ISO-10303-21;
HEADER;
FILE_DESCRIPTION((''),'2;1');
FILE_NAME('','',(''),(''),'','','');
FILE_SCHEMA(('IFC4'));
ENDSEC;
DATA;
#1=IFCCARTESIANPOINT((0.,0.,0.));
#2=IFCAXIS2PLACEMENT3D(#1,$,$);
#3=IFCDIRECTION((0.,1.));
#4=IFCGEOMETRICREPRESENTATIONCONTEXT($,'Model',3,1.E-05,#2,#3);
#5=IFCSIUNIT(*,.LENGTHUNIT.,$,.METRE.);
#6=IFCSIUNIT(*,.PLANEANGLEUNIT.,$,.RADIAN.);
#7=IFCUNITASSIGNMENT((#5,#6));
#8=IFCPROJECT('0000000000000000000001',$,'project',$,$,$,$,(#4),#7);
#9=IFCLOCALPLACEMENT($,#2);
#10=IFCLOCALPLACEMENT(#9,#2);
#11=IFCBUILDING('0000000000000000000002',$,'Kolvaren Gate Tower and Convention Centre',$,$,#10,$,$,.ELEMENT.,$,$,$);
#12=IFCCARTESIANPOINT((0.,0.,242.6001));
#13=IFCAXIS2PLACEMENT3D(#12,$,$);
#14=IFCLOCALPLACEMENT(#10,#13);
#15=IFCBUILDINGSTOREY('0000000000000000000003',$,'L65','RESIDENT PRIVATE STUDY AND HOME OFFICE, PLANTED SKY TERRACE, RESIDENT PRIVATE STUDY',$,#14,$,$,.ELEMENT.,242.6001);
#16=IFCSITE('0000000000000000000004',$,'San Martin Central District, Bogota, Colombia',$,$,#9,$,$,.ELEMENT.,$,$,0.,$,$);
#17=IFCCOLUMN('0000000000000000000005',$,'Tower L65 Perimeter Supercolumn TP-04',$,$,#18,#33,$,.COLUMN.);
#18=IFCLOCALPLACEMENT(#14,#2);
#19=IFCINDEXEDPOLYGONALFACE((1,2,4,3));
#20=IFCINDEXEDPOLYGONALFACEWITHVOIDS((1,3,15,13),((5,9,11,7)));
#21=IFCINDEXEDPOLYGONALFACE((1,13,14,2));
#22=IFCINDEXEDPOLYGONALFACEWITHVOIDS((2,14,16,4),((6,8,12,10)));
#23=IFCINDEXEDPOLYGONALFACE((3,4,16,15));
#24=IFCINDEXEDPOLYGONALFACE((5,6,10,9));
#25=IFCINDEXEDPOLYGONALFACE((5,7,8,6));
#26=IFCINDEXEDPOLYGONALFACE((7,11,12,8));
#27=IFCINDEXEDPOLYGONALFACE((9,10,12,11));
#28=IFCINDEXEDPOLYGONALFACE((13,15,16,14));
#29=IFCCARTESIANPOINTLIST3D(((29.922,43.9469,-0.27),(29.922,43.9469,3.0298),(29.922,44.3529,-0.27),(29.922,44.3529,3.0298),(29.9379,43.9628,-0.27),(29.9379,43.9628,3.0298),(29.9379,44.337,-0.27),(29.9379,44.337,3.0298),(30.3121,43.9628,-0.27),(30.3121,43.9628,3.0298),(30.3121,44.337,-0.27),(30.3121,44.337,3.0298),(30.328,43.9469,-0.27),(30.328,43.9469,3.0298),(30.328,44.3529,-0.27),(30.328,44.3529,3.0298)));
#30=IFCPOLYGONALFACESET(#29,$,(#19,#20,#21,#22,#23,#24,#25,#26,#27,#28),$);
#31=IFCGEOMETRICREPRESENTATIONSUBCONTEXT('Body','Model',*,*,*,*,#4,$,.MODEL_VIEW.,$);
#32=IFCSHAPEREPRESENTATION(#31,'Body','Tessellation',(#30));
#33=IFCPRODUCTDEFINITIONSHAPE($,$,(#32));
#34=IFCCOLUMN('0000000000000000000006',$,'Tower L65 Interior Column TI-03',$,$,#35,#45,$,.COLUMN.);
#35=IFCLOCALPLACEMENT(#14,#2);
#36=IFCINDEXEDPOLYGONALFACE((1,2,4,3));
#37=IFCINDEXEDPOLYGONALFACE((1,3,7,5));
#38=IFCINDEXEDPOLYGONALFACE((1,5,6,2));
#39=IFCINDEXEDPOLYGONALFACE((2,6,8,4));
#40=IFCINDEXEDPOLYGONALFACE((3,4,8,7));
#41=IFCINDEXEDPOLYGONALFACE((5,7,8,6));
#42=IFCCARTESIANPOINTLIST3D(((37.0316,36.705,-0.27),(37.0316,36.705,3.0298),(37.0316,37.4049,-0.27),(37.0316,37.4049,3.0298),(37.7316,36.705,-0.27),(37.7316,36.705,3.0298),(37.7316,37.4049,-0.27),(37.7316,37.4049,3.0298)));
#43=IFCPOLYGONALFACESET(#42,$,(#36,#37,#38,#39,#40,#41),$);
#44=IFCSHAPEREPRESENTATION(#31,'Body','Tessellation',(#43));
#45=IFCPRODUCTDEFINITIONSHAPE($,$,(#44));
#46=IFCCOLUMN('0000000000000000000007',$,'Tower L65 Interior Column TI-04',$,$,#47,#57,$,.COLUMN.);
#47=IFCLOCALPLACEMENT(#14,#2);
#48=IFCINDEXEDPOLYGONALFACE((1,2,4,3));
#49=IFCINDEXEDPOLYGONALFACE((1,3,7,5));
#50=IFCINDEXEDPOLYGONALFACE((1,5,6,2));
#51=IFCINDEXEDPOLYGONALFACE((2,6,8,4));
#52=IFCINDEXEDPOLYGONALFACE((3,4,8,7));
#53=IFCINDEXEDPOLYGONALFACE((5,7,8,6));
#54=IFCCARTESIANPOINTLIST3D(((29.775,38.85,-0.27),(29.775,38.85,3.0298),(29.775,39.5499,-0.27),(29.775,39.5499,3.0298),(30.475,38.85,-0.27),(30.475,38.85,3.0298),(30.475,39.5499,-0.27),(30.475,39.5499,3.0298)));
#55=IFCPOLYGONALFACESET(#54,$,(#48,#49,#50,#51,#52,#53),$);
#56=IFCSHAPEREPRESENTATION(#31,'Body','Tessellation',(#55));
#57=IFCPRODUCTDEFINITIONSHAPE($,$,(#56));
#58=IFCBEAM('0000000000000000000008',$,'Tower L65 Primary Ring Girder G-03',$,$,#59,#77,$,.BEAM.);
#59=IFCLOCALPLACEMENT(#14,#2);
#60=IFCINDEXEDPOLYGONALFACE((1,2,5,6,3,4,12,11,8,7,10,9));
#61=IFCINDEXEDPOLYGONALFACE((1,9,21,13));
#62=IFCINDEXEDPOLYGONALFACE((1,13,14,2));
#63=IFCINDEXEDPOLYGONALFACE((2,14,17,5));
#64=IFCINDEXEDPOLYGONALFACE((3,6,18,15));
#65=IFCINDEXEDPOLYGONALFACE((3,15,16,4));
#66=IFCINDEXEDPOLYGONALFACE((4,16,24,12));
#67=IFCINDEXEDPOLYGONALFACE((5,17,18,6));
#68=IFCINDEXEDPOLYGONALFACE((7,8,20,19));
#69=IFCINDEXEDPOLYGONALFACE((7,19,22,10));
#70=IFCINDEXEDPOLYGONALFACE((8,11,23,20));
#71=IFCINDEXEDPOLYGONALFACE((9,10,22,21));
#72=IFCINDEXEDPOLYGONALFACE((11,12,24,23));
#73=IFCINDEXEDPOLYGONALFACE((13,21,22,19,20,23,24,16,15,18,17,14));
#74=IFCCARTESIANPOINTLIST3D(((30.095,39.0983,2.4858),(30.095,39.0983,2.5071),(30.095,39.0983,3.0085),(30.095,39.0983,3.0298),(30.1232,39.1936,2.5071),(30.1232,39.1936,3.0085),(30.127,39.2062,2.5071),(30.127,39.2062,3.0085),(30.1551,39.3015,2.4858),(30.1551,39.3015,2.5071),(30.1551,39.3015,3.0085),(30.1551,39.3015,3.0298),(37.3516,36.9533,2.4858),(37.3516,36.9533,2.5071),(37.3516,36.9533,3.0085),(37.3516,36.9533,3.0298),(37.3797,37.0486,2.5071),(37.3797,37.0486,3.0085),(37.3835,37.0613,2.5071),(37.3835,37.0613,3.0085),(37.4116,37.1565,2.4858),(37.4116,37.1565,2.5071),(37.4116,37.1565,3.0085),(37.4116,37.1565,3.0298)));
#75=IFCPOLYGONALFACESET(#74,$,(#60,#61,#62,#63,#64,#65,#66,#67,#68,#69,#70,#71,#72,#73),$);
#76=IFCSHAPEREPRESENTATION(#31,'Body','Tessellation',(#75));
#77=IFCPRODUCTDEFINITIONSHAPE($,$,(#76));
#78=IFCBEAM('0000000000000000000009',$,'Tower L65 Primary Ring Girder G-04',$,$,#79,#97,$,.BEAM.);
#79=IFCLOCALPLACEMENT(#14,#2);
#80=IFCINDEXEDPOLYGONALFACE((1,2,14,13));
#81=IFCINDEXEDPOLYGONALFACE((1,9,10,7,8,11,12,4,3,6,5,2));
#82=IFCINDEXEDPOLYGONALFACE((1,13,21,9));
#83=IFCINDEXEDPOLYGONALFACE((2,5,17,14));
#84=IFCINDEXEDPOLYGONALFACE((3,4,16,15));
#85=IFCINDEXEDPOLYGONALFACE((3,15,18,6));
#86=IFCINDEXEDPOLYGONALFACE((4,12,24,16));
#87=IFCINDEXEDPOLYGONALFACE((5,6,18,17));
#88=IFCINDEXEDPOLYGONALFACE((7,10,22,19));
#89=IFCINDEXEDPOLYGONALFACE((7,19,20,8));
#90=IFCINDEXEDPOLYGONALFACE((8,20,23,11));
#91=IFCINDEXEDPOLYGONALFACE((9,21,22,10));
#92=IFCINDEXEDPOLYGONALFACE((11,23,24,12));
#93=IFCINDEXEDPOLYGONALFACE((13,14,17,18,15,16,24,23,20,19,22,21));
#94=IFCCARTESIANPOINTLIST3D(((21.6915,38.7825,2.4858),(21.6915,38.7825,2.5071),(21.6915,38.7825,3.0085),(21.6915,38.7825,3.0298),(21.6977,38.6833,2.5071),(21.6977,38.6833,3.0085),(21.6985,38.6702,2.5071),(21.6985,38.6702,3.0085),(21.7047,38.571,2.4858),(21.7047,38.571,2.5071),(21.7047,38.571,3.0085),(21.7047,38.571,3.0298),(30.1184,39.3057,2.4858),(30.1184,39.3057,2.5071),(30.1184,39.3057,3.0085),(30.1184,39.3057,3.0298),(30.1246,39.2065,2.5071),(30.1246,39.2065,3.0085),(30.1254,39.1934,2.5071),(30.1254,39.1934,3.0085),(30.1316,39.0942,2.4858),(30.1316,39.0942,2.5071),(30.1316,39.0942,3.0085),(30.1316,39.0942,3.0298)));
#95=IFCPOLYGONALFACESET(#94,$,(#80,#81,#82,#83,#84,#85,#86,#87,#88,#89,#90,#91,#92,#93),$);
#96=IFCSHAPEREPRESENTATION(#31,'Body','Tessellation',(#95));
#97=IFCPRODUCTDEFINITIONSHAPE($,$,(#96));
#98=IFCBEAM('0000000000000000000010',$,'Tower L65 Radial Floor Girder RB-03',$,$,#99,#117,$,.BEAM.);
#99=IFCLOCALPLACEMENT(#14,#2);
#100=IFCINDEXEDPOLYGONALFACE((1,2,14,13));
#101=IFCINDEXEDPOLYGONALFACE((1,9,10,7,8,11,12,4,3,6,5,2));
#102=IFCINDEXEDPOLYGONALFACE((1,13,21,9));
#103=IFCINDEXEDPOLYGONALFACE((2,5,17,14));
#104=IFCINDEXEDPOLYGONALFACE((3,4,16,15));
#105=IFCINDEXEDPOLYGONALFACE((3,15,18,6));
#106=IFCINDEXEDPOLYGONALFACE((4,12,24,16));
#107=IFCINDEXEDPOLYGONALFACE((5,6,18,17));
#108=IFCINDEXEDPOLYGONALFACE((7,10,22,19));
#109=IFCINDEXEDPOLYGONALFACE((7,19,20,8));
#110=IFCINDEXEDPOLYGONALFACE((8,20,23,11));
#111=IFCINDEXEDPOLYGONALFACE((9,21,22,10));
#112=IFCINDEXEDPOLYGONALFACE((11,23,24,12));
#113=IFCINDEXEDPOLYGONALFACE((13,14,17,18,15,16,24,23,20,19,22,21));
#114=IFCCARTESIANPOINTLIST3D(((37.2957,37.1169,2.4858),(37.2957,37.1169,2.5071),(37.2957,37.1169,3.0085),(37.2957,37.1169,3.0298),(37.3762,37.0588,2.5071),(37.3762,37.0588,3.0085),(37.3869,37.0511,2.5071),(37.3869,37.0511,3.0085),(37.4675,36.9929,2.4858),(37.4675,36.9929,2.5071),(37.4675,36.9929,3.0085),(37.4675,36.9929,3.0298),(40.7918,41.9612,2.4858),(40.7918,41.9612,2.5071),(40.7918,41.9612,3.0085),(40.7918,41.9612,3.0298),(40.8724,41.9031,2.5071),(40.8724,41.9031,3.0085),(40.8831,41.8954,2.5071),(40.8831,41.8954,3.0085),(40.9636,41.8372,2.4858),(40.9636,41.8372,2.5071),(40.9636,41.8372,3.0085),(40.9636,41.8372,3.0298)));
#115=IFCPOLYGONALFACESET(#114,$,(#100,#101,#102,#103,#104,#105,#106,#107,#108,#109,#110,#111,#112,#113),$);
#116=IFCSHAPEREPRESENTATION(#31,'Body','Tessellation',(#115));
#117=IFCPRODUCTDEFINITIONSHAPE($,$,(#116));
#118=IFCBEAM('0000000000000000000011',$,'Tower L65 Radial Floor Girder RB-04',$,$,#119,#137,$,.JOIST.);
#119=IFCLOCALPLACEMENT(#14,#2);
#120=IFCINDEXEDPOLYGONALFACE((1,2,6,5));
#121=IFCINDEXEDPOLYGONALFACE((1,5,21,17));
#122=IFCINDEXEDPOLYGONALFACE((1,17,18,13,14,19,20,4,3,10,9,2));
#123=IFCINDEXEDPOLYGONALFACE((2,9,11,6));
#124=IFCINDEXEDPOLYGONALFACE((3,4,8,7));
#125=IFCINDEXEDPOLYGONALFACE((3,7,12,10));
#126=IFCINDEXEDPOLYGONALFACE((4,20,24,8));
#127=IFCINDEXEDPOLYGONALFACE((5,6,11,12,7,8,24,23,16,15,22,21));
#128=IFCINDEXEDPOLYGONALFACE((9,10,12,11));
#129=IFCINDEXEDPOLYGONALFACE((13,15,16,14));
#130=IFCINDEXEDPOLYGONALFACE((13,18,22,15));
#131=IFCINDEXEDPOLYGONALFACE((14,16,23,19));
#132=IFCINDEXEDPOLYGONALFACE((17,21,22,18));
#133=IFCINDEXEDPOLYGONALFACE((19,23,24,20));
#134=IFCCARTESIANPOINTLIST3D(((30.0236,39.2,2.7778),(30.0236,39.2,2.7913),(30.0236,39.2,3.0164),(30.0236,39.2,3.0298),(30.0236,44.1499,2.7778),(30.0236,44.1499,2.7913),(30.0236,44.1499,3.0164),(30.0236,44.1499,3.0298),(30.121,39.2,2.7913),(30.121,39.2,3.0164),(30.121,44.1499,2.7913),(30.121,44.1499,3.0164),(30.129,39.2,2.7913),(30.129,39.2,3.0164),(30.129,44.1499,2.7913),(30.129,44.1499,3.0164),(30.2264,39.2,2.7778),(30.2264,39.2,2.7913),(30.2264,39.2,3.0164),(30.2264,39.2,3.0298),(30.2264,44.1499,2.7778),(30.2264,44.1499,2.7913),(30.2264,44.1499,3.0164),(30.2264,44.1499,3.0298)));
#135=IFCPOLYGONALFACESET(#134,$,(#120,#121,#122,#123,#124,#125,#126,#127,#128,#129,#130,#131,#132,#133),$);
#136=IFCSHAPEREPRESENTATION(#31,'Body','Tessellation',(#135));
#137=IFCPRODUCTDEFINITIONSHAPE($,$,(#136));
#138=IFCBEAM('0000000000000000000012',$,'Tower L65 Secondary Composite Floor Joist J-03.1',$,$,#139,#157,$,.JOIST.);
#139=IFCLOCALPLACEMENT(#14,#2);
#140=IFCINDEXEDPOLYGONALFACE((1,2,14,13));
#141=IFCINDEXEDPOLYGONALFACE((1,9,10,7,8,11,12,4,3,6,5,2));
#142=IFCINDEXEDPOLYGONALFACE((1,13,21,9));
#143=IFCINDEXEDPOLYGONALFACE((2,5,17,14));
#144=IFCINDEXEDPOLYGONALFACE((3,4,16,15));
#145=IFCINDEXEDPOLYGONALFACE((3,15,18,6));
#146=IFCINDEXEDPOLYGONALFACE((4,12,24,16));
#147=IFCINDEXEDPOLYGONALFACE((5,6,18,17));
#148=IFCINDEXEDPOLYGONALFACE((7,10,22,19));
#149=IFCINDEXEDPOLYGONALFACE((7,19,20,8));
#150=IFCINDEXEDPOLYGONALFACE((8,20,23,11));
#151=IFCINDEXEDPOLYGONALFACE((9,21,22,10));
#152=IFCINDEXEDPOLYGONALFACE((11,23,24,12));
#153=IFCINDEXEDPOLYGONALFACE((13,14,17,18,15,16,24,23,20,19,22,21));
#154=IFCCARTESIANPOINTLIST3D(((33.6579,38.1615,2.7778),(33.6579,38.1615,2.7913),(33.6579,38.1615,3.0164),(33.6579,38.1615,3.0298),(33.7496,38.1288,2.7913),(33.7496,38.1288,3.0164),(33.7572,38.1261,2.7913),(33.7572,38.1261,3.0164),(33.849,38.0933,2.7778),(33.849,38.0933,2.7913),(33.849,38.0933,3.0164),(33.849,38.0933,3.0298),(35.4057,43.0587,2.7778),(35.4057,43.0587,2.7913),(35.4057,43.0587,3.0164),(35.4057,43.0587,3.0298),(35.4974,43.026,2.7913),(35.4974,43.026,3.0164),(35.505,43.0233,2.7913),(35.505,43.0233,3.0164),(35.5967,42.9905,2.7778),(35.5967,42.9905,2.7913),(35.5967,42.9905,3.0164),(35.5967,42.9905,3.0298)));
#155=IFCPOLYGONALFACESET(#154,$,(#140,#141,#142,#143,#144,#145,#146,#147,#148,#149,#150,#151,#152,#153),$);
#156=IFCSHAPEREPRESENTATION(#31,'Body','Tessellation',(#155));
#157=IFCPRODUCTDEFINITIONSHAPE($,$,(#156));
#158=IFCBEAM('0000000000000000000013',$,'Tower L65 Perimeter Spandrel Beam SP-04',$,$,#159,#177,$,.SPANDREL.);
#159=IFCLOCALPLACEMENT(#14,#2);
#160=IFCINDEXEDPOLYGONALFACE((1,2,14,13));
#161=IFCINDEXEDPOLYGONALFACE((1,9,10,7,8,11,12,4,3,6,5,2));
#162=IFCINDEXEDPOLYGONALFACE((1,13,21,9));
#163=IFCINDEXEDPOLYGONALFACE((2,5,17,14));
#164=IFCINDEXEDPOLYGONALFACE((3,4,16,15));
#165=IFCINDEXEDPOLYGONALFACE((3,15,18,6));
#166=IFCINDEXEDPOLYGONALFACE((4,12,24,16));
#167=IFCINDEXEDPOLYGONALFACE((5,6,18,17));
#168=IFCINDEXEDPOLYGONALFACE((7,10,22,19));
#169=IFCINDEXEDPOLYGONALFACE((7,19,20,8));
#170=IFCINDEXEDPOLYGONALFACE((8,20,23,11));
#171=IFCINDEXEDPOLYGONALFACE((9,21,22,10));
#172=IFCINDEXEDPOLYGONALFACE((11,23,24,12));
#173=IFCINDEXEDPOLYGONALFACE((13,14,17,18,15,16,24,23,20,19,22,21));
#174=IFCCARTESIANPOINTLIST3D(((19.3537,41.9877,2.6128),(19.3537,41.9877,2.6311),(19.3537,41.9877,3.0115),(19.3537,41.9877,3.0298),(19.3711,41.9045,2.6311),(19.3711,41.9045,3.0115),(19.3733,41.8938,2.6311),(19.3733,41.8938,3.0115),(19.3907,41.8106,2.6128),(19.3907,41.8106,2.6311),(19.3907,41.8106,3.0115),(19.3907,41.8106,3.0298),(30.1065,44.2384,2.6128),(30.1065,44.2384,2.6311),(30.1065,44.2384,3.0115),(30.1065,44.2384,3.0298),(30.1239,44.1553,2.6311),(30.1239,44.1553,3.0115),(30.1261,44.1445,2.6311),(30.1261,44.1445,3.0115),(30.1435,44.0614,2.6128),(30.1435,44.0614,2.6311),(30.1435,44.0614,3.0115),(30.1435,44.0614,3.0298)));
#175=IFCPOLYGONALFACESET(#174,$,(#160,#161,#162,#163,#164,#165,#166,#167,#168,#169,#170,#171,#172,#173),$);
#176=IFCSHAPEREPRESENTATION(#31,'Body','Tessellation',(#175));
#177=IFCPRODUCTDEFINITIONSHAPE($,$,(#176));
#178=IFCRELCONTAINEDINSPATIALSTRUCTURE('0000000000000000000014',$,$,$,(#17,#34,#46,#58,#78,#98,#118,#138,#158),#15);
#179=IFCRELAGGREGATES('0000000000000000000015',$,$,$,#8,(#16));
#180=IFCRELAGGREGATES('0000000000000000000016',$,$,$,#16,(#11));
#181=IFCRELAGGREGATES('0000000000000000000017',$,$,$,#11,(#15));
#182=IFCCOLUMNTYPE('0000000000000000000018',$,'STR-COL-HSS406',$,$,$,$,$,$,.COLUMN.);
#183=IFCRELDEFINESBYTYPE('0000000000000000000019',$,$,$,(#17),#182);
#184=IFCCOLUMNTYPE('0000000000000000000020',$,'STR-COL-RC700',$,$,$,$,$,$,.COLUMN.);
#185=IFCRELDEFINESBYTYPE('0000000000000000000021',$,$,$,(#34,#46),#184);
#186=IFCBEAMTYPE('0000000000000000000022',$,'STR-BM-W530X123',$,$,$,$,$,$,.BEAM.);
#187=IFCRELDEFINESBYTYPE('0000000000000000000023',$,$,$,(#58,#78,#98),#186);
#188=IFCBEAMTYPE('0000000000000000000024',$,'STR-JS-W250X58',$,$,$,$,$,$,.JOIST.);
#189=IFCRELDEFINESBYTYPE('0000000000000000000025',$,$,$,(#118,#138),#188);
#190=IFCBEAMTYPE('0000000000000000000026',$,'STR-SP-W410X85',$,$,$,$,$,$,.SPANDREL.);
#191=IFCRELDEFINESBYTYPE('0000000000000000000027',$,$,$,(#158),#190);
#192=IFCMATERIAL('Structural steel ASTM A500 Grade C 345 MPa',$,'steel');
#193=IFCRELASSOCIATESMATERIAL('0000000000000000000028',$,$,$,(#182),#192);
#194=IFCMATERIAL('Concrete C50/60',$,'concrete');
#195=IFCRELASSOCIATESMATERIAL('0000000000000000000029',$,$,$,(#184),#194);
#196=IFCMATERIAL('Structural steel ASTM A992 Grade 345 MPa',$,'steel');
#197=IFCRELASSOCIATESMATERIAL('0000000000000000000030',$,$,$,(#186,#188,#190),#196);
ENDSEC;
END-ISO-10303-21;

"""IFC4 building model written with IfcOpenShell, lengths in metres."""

from ifc_helpers import new_model, si_unit, direction, frame, origin, origin_2d, place, context, subcontext, project, spatial, rectangle, hollow_rectangle, i_section, extrude, material, material_profile, profile_set, type_object, element, save


model = new_model("IFC4")

# Units and contexts
model_context = context("Model", 3, precision=1e-05, world=origin(), true_north=direction((0.0, 1.0)))
body_context = subcontext(model_context, "Body", "Model", "MODEL_VIEW")
ifc_project = project(units=[si_unit("LENGTHUNIT", "METRE"), si_unit("PLANEANGLEUNIT", "RADIAN")], contexts=[model_context])

# Site, building, storey
site_placement = place(None, origin())
site = spatial("IfcSite", under=ifc_project, at=site_placement, Name="San Martin Central District, Bogota, Colombia", CompositionType="ELEMENT", RefElevation=0.0)
building_placement = place(site_placement, origin())
building = spatial("IfcBuilding", under=site, at=building_placement, Name="Kolvaren Gate Tower and Convention Centre", CompositionType="ELEMENT")
storey_placement = place(building_placement, frame((0.0, 0.0, 242.6001)))
storey = spatial("IfcBuildingStorey", under=building, at=storey_placement, Name="L65", Description="RESIDENT PRIVATE STUDY AND HOME OFFICE, PLANTED SKY TERRACE, RESIDENT PRIVATE STUDY", CompositionType="ELEMENT", Elevation=242.6001)

# Columns
ifc_material_1 = material(Name="Structural steel ASTM A500 Grade C 345 MPa", Category="steel")
ifc_material_profile_1 = material_profile(ifc_material_1, hollow_rectangle(XDim=0.406, YDim=0.406, WallThickness=0.0159, at=origin_2d()), Name="HSS406X406X15.9")
ifc_profile_set_1 = profile_set([ifc_material_profile_1], Name="Structural steel ASTM A500 Grade C 345 MPa")
column_type_1 = type_object("IfcColumnType", Name="STR-COL-HSS406", PredefinedType="COLUMN", material=ifc_profile_set_1)
column_placement = place(storey_placement, frame((30.125, 44.1499, -0.27), z_axis=(0.0, 0.0, 1.0), x_axis=(1.0, 0.0, 0.0)))
element("IfcColumn", 1, at=column_placement, inside=storey, type_object=column_type_1, Name="Tower L65 Perimeter Supercolumn TP-04", PredefinedType="COLUMN", context=body_context, shape_type="SweptSolid", body=[
    extrude(hollow_rectangle(XDim=0.406, YDim=0.406, WallThickness=0.0159, at=origin_2d()), origin(), (0.0, 0.0, 1.0), 3.2998),
])
ifc_material_2 = material(Name="Concrete C50/60", Category="concrete")
ifc_material_profile_2 = material_profile(ifc_material_2, rectangle(XDim=0.7, YDim=0.7, at=origin_2d()), Name="RC-COL-700X700")
ifc_profile_set_2 = profile_set([ifc_material_profile_2], Name="Concrete C50/60")
column_type_2 = type_object("IfcColumnType", Name="STR-COL-RC700", PredefinedType="COLUMN", material=ifc_profile_set_2)
for number, where, z_axis, x_axis, name in (
    (2, (37.3816, 37.0549, -0.27), (0.0, 0.0, 1.0), (1.0, 0.0, 0.0), "Tower L65 Interior Column TI-03"),
    (3, (30.125, 39.2, -0.27), (0.0, 0.0, 1.0), (1.0, 0.0, 0.0), "Tower L65 Interior Column TI-04"),
):
    element("IfcColumn", number, at=place(storey_placement, frame(where, z_axis=z_axis, x_axis=x_axis)), inside=storey, type_object=column_type_2, Name=name, PredefinedType="COLUMN", context=body_context, shape_type="SweptSolid", body=[
        extrude(rectangle(XDim=0.7, YDim=0.7, at=origin_2d()), origin(), (0.0, 0.0, 1.0), 3.2998),
    ])

# Beams
ifc_material_3 = material(Name="Structural steel ASTM A992 Grade 345 MPa", Category="steel")
ifc_material_profile_3 = material_profile(ifc_material_3, i_section(OverallWidth=0.2119, OverallDepth=0.5439, WebThickness=0.0132, FlangeThickness=0.0212, at=origin_2d()), Name="W530X123")
ifc_profile_set_3 = profile_set([ifc_material_profile_3], Name="Structural steel ASTM A992 Grade 345 MPa")
beam_type_1 = type_object("IfcBeamType", Name="STR-BM-W530X123", PredefinedType="BEAM", material=ifc_profile_set_3)
beam_1_placement = place(storey_placement, frame((37.3816, 37.0549, 2.7578), z_axis=(-0.958981, 0.283471, 0.0), x_axis=(-0.283471, -0.958981, 0.0)))
element("IfcBeam", 4, at=beam_1_placement, inside=storey, type_object=beam_type_1, Name="Tower L65 Primary Ring Girder G-03", PredefinedType="BEAM", context=body_context, shape_type="SweptSolid", body=[
    extrude(i_section(OverallWidth=0.2119, OverallDepth=0.5439, WebThickness=0.0132, FlangeThickness=0.0212, at=origin_2d()), origin(), (0.0, 0.0, 1.0), 7.5669),
])
beam_2_placement = place(storey_placement, frame((30.125, 39.2, 2.7578), z_axis=(-0.998078, -0.061966, 0.0), x_axis=(0.061966, -0.998078, 0.0)))
element("IfcBeam", 5, at=beam_2_placement, inside=storey, type_object=beam_type_1, Name="Tower L65 Primary Ring Girder G-04", PredefinedType="BEAM", context=body_context, shape_type="SweptSolid", body=[
    extrude(i_section(OverallWidth=0.2119, OverallDepth=0.5439, WebThickness=0.0132, FlangeThickness=0.0212, at=origin_2d()), origin(), (0.0, 0.0, 1.0), 8.4431),
])
beam_3_placement = place(storey_placement, frame((37.3816, 37.0549, 2.7578), z_axis=(0.585213, 0.81088, 0.0), x_axis=(-0.81088, 0.585213, 0.0)))
element("IfcBeam", 6, at=beam_3_placement, inside=storey, type_object=beam_type_1, Name="Tower L65 Radial Floor Girder RB-03", PredefinedType="BEAM", context=body_context, shape_type="SweptSolid", body=[
    extrude(i_section(OverallWidth=0.2119, OverallDepth=0.5439, WebThickness=0.0132, FlangeThickness=0.0212, at=origin_2d()), origin(), (0.0, 0.0, 1.0), 5.9741),
])
ifc_material_profile_4 = material_profile(ifc_material_3, i_section(OverallWidth=0.2029, OverallDepth=0.252, WebThickness=0.0081, FlangeThickness=0.0134, at=origin_2d()), Name="W250X58")
ifc_profile_set_4 = profile_set([ifc_material_profile_4], Name="Structural steel ASTM A992 Grade 345 MPa")
beam_type_2 = type_object("IfcBeamType", Name="STR-JS-W250X58", PredefinedType="JOIST", material=ifc_profile_set_4)
beam_4_placement = place(storey_placement, frame((30.125, 39.2, 2.9038), z_axis=(0.0, 1.0, 0.0), x_axis=(-1.0, 0.0, 0.0)))
element("IfcBeam", 7, at=beam_4_placement, inside=storey, type_object=beam_type_2, Name="Tower L65 Radial Floor Girder RB-04", PredefinedType="JOIST", context=body_context, shape_type="SweptSolid", body=[
    extrude(i_section(OverallWidth=0.2029, OverallDepth=0.252, WebThickness=0.0081, FlangeThickness=0.0134, at=origin_2d()), origin(), (0.0, 0.0, 1.0), 4.95),
])
beam_5_placement = place(storey_placement, frame((33.7534, 38.1274, 2.9038), z_axis=(0.336131, 0.941815, 0.0), x_axis=(-0.941815, 0.336131, 0.0)))
element("IfcBeam", 8, at=beam_5_placement, inside=storey, type_object=beam_type_2, Name="Tower L65 Secondary Composite Floor Joist J-03.1", PredefinedType="JOIST", context=body_context, shape_type="SweptSolid", body=[
    extrude(i_section(OverallWidth=0.2029, OverallDepth=0.252, WebThickness=0.0081, FlangeThickness=0.0134, at=origin_2d()), origin(), (0.0, 0.0, 1.0), 5.1997),
])
ifc_material_profile_5 = material_profile(ifc_material_3, i_section(OverallWidth=0.1809, OverallDepth=0.417, WebThickness=0.011, FlangeThickness=0.0183, at=origin_2d()), Name="W410X85")
ifc_profile_set_5 = profile_set([ifc_material_profile_5], Name="Structural steel ASTM A992 Grade 345 MPa")
beam_type_3 = type_object("IfcBeamType", Name="STR-SP-W410X85", PredefinedType="SPANDREL", material=ifc_profile_set_5)
beam_6_placement = place(storey_placement, frame((30.125, 44.1499, 2.8213), z_axis=(-0.978788, -0.204878, 0.0), x_axis=(0.204878, -0.978788, 0.0)))
element("IfcBeam", 9, at=beam_6_placement, inside=storey, type_object=beam_type_3, Name="Tower L65 Perimeter Spandrel Beam SP-04", PredefinedType="SPANDREL", context=body_context, shape_type="SweptSolid", body=[
    extrude(i_section(OverallWidth=0.1809, OverallDepth=0.417, WebThickness=0.011, FlangeThickness=0.0183, at=origin_2d()), origin(), (0.0, 0.0, 1.0), 10.9858),
])

save(model, "model.ifc")
